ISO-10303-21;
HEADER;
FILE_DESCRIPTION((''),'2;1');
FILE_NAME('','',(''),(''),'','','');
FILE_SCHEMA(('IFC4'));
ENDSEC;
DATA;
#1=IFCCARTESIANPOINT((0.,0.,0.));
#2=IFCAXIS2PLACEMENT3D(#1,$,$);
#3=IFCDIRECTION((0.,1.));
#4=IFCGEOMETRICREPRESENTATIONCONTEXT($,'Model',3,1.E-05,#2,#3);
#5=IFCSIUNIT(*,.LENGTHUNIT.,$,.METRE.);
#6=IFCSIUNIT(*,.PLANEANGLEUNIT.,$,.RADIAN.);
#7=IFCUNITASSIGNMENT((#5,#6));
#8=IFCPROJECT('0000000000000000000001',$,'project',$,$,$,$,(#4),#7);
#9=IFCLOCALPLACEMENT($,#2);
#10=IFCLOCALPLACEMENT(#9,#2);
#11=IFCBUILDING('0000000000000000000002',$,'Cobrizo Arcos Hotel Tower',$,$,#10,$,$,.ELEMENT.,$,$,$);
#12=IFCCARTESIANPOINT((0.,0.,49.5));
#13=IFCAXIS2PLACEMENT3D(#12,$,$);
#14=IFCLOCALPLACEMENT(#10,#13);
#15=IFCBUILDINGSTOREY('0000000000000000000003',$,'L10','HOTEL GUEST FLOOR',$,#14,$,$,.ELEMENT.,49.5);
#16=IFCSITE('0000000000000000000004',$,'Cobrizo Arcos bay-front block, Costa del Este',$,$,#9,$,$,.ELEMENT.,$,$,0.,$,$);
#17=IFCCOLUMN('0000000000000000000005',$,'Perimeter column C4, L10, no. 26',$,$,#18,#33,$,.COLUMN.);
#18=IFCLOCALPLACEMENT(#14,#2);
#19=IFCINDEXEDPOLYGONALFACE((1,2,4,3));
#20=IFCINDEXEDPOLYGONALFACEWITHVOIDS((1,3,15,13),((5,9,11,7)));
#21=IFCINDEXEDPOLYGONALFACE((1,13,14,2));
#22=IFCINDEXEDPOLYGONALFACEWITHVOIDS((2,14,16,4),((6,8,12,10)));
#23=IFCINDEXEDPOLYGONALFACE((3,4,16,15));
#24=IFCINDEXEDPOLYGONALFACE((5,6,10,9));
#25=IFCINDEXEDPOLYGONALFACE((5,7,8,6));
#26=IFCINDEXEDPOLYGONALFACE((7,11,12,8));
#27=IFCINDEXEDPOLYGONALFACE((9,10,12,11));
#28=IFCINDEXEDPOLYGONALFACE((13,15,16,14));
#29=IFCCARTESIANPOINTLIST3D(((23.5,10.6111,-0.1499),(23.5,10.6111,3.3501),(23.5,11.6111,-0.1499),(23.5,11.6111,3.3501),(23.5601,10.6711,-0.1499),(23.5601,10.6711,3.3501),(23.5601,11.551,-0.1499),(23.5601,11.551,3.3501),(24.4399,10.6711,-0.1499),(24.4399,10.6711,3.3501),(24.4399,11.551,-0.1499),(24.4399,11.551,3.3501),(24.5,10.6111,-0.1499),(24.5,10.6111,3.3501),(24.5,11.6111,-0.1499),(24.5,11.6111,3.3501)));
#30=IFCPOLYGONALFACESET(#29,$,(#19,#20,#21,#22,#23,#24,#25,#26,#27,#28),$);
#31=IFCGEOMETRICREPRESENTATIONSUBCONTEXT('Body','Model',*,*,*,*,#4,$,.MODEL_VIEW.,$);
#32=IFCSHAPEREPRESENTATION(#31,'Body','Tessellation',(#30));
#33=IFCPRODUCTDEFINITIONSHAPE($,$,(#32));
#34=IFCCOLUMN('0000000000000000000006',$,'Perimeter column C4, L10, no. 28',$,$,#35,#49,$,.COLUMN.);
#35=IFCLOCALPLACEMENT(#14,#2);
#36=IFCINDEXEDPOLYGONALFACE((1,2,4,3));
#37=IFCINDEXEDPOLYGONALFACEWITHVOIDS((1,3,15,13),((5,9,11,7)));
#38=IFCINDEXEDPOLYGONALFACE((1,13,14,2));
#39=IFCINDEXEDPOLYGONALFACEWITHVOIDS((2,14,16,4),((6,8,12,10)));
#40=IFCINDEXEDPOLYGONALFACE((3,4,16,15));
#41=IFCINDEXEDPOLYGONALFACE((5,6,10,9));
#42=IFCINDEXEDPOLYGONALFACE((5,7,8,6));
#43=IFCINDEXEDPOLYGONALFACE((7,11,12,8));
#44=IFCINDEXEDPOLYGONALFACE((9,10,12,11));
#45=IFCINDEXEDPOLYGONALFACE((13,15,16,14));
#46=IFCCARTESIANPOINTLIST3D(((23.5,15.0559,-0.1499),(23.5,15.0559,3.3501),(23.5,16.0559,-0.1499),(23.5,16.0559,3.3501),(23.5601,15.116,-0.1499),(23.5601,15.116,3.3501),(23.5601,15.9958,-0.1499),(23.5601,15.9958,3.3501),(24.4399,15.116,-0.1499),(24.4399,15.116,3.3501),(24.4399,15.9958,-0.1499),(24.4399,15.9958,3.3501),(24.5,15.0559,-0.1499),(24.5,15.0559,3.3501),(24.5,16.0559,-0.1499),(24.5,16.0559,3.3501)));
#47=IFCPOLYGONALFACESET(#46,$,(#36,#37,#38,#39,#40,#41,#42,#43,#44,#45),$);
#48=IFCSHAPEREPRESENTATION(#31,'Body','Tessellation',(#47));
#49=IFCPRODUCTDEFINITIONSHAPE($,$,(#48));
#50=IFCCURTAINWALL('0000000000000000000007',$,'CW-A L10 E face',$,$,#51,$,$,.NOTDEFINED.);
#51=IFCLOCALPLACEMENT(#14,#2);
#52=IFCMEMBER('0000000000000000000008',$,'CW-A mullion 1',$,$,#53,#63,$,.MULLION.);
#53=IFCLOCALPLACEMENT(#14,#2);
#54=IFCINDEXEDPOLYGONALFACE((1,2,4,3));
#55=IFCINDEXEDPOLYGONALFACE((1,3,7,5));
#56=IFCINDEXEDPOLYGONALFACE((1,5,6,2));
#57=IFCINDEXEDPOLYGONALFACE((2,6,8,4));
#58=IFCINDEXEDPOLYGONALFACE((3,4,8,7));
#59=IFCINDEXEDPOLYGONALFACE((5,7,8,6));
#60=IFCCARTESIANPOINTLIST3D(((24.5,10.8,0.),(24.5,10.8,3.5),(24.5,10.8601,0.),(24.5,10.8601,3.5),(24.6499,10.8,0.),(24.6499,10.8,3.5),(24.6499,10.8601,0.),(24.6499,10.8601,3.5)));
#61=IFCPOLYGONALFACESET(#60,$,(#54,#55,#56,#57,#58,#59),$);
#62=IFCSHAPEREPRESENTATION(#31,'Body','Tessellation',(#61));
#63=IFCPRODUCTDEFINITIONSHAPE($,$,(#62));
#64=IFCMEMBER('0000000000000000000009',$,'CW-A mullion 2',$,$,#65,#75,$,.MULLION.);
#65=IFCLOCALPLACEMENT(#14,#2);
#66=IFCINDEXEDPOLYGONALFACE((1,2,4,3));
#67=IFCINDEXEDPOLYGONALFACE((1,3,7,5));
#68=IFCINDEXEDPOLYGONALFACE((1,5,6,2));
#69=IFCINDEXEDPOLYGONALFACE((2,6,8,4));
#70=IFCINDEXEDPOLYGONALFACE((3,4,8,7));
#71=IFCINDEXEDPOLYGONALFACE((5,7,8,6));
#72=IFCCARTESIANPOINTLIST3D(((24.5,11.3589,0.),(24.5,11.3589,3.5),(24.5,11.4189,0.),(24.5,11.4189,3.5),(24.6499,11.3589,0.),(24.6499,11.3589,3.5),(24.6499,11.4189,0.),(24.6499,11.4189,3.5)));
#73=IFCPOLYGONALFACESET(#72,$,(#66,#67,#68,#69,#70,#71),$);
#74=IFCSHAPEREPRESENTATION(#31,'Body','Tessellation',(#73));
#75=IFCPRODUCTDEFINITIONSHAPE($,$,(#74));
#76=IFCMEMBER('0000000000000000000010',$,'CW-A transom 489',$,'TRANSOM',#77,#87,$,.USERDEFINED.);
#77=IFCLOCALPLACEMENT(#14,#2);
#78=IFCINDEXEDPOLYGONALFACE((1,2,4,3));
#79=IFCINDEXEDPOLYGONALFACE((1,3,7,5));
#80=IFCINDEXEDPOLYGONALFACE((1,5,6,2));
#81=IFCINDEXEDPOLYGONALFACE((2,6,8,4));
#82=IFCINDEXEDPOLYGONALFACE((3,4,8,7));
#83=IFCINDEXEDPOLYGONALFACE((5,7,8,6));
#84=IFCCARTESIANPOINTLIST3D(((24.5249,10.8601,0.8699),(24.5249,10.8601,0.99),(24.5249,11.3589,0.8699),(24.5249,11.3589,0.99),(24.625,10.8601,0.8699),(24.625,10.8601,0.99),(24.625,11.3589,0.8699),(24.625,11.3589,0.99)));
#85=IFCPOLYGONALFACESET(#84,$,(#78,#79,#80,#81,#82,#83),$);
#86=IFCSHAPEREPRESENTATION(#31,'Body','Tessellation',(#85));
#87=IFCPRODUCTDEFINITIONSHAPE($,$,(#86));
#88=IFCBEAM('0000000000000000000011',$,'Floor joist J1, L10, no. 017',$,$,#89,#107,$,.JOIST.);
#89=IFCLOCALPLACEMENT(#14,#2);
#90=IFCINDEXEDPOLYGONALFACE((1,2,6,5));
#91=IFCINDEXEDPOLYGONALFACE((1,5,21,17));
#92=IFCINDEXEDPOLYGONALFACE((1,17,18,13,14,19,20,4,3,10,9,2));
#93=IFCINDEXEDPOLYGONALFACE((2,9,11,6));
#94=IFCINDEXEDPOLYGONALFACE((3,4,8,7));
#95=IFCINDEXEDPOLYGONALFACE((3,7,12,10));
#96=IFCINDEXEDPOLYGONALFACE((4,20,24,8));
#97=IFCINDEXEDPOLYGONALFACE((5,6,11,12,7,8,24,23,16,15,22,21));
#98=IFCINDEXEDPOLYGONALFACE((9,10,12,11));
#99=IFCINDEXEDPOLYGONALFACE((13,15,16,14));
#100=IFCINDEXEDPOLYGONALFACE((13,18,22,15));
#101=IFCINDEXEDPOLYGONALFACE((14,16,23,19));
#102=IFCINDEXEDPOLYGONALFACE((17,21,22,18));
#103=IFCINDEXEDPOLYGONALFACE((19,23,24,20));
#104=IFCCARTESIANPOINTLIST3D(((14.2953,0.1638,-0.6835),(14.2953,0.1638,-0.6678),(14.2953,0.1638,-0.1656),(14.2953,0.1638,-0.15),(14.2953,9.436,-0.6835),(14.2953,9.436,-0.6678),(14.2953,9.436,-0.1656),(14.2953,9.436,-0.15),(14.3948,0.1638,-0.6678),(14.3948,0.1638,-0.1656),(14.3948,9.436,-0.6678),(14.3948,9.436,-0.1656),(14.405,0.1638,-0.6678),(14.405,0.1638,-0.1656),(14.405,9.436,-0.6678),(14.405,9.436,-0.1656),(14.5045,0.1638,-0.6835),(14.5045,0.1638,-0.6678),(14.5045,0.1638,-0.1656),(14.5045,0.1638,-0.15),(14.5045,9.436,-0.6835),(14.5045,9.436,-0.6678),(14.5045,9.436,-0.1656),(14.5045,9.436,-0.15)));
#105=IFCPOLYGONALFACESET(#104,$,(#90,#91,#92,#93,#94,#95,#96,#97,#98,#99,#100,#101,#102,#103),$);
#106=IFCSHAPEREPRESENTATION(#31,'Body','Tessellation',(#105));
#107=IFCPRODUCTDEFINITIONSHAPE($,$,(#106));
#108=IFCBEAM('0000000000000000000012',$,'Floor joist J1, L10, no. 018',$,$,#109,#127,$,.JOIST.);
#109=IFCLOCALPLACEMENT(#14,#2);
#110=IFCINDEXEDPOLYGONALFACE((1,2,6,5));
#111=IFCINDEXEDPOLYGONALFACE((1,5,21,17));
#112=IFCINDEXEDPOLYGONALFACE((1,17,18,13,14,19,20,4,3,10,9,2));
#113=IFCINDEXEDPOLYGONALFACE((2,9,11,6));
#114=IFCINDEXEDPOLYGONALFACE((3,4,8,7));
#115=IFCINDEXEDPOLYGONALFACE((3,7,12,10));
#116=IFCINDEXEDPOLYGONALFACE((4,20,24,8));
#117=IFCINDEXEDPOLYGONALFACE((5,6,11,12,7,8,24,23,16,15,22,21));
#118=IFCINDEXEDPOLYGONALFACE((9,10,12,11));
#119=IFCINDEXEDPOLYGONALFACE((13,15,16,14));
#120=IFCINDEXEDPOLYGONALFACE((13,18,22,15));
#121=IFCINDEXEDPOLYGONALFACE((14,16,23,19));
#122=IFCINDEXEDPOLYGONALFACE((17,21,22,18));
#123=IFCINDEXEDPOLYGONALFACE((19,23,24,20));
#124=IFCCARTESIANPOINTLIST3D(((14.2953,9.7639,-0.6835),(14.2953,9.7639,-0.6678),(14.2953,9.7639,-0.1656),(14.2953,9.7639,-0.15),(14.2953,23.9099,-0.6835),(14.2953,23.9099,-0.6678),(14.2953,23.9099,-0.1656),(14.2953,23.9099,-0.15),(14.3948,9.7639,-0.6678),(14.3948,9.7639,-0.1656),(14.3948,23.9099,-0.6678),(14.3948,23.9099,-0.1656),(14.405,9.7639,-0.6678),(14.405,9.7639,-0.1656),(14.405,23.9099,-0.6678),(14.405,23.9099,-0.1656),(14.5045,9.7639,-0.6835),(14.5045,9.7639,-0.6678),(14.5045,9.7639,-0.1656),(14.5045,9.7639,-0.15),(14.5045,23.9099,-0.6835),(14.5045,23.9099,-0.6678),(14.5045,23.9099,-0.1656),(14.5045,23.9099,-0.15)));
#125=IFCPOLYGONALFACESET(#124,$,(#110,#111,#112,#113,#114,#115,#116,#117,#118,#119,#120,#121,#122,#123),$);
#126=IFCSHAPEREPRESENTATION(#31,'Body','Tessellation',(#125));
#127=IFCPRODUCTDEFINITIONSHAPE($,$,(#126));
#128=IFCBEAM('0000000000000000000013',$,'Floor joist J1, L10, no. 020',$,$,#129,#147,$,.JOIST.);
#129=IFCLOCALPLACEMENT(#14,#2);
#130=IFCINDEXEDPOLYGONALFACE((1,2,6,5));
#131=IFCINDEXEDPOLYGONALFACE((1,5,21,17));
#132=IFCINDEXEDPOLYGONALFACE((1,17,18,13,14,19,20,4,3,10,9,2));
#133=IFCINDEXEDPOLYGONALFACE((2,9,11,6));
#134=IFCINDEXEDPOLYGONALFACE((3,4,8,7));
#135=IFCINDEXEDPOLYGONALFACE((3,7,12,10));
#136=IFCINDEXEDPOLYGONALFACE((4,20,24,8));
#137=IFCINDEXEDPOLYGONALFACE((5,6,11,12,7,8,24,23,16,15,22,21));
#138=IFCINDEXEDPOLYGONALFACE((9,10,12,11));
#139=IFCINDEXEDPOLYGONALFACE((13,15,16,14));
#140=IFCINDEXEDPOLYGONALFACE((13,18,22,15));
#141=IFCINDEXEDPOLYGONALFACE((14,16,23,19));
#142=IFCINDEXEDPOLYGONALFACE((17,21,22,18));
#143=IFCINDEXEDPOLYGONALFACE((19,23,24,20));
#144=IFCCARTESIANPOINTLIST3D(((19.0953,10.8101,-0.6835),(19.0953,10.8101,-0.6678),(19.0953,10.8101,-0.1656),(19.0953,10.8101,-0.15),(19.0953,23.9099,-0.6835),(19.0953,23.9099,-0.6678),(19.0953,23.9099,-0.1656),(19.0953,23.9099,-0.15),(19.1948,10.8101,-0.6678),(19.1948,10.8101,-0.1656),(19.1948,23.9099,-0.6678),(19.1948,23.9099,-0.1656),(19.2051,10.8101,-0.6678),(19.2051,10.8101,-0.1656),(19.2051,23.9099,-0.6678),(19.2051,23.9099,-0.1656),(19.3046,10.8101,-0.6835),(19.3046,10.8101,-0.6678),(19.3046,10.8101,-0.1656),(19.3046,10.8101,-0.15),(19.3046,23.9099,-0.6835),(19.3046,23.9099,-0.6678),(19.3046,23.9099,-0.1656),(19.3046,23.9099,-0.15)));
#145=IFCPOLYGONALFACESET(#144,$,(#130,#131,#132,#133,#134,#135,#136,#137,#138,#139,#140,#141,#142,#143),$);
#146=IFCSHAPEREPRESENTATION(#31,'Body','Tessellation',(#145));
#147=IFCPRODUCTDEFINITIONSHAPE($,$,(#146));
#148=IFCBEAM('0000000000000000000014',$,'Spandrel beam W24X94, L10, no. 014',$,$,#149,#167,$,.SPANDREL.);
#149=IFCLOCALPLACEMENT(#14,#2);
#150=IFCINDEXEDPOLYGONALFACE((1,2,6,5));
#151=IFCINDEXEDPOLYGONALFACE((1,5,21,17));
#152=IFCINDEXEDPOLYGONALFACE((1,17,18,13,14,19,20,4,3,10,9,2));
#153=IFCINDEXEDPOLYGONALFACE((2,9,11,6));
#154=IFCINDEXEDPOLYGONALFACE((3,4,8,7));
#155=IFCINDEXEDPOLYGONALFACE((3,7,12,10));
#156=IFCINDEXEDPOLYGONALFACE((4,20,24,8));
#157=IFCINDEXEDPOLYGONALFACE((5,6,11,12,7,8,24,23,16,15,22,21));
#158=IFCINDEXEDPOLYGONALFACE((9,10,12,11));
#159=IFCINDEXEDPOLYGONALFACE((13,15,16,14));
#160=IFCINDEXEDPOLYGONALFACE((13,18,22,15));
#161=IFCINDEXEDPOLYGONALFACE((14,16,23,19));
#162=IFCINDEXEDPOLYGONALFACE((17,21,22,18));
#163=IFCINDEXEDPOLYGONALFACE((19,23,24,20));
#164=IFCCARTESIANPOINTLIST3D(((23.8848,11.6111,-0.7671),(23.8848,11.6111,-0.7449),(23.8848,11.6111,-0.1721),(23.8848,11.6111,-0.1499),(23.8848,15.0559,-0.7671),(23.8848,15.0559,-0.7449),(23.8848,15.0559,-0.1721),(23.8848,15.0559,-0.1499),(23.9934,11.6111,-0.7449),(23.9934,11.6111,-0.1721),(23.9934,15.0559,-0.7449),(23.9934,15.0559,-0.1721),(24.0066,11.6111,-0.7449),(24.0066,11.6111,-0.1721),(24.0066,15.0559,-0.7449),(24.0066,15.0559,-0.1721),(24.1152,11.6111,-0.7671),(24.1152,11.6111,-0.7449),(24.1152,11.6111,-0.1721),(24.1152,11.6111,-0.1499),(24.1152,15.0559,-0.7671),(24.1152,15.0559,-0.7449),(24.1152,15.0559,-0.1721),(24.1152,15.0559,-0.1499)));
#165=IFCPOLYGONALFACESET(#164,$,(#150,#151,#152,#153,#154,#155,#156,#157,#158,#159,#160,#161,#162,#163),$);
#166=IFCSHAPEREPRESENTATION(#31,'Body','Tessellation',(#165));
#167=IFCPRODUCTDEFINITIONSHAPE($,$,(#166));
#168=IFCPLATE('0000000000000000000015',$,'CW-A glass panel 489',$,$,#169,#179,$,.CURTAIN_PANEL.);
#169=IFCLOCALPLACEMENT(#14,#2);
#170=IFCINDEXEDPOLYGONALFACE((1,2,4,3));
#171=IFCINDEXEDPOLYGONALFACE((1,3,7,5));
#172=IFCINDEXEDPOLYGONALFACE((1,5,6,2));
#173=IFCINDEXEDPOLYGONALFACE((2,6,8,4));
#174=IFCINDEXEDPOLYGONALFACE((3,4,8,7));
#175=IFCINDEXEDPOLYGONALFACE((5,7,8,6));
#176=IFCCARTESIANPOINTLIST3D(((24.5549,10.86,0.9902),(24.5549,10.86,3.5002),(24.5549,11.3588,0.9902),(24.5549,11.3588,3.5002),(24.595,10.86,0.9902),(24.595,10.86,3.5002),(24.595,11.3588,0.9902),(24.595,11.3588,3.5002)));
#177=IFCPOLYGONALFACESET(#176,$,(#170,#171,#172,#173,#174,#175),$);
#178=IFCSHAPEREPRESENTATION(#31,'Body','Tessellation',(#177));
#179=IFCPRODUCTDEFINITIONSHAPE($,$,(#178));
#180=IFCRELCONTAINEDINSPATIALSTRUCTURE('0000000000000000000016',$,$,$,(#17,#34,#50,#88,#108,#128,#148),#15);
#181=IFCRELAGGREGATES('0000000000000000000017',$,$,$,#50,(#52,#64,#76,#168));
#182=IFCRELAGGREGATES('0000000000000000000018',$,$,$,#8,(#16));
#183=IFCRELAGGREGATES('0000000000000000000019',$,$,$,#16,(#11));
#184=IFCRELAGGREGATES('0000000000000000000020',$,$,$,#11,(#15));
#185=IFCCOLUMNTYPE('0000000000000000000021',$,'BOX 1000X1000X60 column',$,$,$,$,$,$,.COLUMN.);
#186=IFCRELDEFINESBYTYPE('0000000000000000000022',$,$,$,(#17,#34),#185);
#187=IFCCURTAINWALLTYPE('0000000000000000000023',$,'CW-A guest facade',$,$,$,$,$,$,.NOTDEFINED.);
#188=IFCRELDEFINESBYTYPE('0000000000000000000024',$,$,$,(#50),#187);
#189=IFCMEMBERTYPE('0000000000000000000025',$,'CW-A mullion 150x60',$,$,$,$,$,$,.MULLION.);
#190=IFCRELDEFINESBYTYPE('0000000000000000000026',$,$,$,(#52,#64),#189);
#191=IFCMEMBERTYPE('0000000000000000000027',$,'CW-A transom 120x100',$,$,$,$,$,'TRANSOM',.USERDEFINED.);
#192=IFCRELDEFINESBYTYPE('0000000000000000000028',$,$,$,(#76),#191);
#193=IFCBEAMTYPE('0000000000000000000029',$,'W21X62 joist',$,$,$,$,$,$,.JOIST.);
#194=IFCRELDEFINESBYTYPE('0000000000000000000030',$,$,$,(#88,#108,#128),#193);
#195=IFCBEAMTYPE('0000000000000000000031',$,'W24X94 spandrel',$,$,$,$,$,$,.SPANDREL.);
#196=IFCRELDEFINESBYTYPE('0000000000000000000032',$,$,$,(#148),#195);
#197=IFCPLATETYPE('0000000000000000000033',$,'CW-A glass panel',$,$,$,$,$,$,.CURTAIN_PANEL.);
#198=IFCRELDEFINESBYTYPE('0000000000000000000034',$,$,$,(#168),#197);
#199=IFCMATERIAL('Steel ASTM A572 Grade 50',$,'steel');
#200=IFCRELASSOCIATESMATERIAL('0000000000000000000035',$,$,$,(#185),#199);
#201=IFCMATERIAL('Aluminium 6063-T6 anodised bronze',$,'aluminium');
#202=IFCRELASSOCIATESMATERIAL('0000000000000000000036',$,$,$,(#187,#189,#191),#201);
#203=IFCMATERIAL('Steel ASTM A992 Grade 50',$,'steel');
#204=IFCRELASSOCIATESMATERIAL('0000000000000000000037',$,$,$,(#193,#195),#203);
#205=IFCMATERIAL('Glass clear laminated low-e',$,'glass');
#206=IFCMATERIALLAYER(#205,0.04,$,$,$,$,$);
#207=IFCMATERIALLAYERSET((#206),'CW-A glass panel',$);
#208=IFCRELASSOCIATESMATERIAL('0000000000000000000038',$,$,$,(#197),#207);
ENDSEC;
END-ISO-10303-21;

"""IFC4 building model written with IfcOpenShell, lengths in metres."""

from ifc_helpers import new_model, si_unit, direction, frame, origin, origin_2d, place, context, subcontext, project, spatial, rectangle, hollow_rectangle, i_section, extrude, material, layer, layer_set, material_profile, profile_set, type_object, element, aggregate, save


model = new_model("IFC4")

# Units and contexts
model_context = context("Model", 3, precision=1e-05, world=origin(), true_north=direction((0.0, 1.0)))
body_context = subcontext(model_context, "Body", "Model", "MODEL_VIEW")
ifc_project = project(units=[si_unit("LENGTHUNIT", "METRE"), si_unit("PLANEANGLEUNIT", "RADIAN")], contexts=[model_context])

# Site, building, storey
site_placement = place(None, origin())
site = spatial("IfcSite", under=ifc_project, at=site_placement, Name="Cobrizo Arcos bay-front block, Costa del Este", CompositionType="ELEMENT", RefElevation=0.0)
building_placement = place(site_placement, origin())
building = spatial("IfcBuilding", under=site, at=building_placement, Name="Cobrizo Arcos Hotel Tower", CompositionType="ELEMENT")
storey_placement = place(building_placement, frame((0.0, 0.0, 49.5)))
storey = spatial("IfcBuildingStorey", under=building, at=storey_placement, Name="L10", Description="HOTEL GUEST FLOOR", CompositionType="ELEMENT", Elevation=49.5)

# Columns
ifc_material_1 = material(Name="Steel ASTM A572 Grade 50", Category="steel")
ifc_material_profile_1 = material_profile(ifc_material_1, hollow_rectangle(XDim=1.0, YDim=1.0, WallThickness=0.0601, at=origin_2d()), Name="BOX 1000X1000X60")
ifc_profile_set_1 = profile_set([ifc_material_profile_1], Name="Steel ASTM A572 Grade 50")
column_type = type_object("IfcColumnType", Name="BOX 1000X1000X60 column", PredefinedType="COLUMN", material=ifc_profile_set_1)
for number, where, z_axis, x_axis, name in (
    (1, (24.0, 11.1111, -0.1499), (0.0, 0.0, 1.0), (1.0, 0.0, 0.0), "Perimeter column C4, L10, no. 26"),
    (2, (24.0, 15.5559, -0.1499), (0.0, 0.0, 1.0), (1.0, 0.0, 0.0), "Perimeter column C4, L10, no. 28"),
):
    element("IfcColumn", number, at=place(storey_placement, frame(where, z_axis=z_axis, x_axis=x_axis)), inside=storey, type_object=column_type, Name=name, PredefinedType="COLUMN", context=body_context, shape_type="SweptSolid", body=[
        extrude(hollow_rectangle(XDim=1.0, YDim=1.0, WallThickness=0.0601, at=origin_2d()), origin(), (0.0, 0.0, 1.0), 3.5),
    ])

# Curtain wall, members
ifc_material_2 = material(Name="Aluminium 6063-T6 anodised bronze", Category="aluminium")
curtain_wall_type = type_object("IfcCurtainWallType", Name="CW-A guest facade", PredefinedType="NOTDEFINED", material=ifc_material_2)
curtain_wall_placement = place(storey_placement, origin())
curtain_wall = element("IfcCurtainWall", 3, at=curtain_wall_placement, inside=storey, type_object=curtain_wall_type, Name="CW-A L10 E face", PredefinedType="NOTDEFINED")
ifc_material_profile_2 = material_profile(ifc_material_2, rectangle(XDim=0.1499, YDim=0.0601, at=origin_2d()), Name="CW-A mullion 150x60")
ifc_profile_set_2 = profile_set([ifc_material_profile_2], Name="Aluminium 6063-T6 anodised bronze")
member_type_1 = type_object("IfcMemberType", Name="CW-A mullion 150x60", PredefinedType="MULLION", material=ifc_profile_set_2)
member_1_placement = place(storey_placement, frame((24.575, 10.8301, 0.0), z_axis=(0.0, 0.0, 1.0), x_axis=(1.0, 0.0, 0.0)))
member_1 = element("IfcMember", 4, at=member_1_placement, type_object=member_type_1, Name="CW-A mullion 1", PredefinedType="MULLION", context=body_context, shape_type="SweptSolid", body=[
    extrude(rectangle(XDim=0.1499, YDim=0.0601, at=origin_2d()), origin(), (0.0, 0.0, 1.0), 3.5),
])
member_2_placement = place(storey_placement, frame((24.575, 11.3889, 0.0), z_axis=(0.0, 0.0, 1.0), x_axis=(1.0, 0.0, 0.0)))
member_2 = element("IfcMember", 5, at=member_2_placement, type_object=member_type_1, Name="CW-A mullion 2", PredefinedType="MULLION", context=body_context, shape_type="SweptSolid", body=[
    extrude(rectangle(XDim=0.1499, YDim=0.0601, at=origin_2d()), origin(), (0.0, 0.0, 1.0), 3.5),
])
ifc_material_profile_3 = material_profile(ifc_material_2, rectangle(XDim=0.1001, YDim=0.1201, at=origin_2d()), Name="CW-A transom 120x100")
ifc_profile_set_3 = profile_set([ifc_material_profile_3], Name="Aluminium 6063-T6 anodised bronze")
member_type_2 = type_object("IfcMemberType", Name="CW-A transom 120x100", ElementType="TRANSOM", PredefinedType="USERDEFINED", material=ifc_profile_set_3)
member_3_placement = place(storey_placement, frame((24.575, 10.8601, 0.9299), z_axis=(0.0, 1.0, 0.0), x_axis=(-1.0, 0.0, 0.0)))
member_3 = element("IfcMember", 6, at=member_3_placement, type_object=member_type_2, Name="CW-A transom 489", ObjectType="TRANSOM", PredefinedType="USERDEFINED", context=body_context, shape_type="SweptSolid", body=[
    extrude(rectangle(XDim=0.1001, YDim=0.1201, at=origin_2d()), origin(), (0.0, 0.0, 1.0), 0.4988),
])

# Beams
ifc_material_3 = material(Name="Steel ASTM A992 Grade 50", Category="steel")
ifc_material_profile_4 = material_profile(ifc_material_3, i_section(OverallWidth=0.2092, OverallDepth=0.5334, WebThickness=0.0103, FlangeThickness=0.0156, at=origin_2d()), Name="W21X62")
ifc_profile_set_4 = profile_set([ifc_material_profile_4], Name="Steel ASTM A992 Grade 50")
beam_type_1 = type_object("IfcBeamType", Name="W21X62 joist", PredefinedType="JOIST", material=ifc_profile_set_4)
beam_1_placement = place(storey_placement, frame((14.3999, 0.1638, -0.4167), z_axis=(0.0, 1.0, 0.0), x_axis=(-1.0, 0.0, 0.0)))
element("IfcBeam", 7, at=beam_1_placement, inside=storey, type_object=beam_type_1, Name="Floor joist J1, L10, no. 017", PredefinedType="JOIST", context=body_context, shape_type="SweptSolid", body=[
    extrude(i_section(OverallWidth=0.2092, OverallDepth=0.5334, WebThickness=0.0103, FlangeThickness=0.0156, at=origin_2d()), origin(), (0.0, 0.0, 1.0), 9.2722),
])
beam_2_placement = place(storey_placement, frame((14.3999, 9.7639, -0.4167), z_axis=(0.0, 1.0, 0.0), x_axis=(-1.0, 0.0, 0.0)))
element("IfcBeam", 8, at=beam_2_placement, inside=storey, type_object=beam_type_1, Name="Floor joist J1, L10, no. 018", PredefinedType="JOIST", context=body_context, shape_type="SweptSolid", body=[
    extrude(i_section(OverallWidth=0.2092, OverallDepth=0.5334, WebThickness=0.0103, FlangeThickness=0.0156, at=origin_2d()), origin(), (0.0, 0.0, 1.0), 14.146),
])
beam_3_placement = place(storey_placement, frame((19.2, 10.8101, -0.4167), z_axis=(0.0, 1.0, 0.0), x_axis=(-1.0, 0.0, 0.0)))
element("IfcBeam", 9, at=beam_3_placement, inside=storey, type_object=beam_type_1, Name="Floor joist J1, L10, no. 020", PredefinedType="JOIST", context=body_context, shape_type="SweptSolid", body=[
    extrude(i_section(OverallWidth=0.2092, OverallDepth=0.5334, WebThickness=0.0103, FlangeThickness=0.0156, at=origin_2d()), origin(), (0.0, 0.0, 1.0), 13.0999),
])
ifc_material_profile_5 = material_profile(ifc_material_3, i_section(OverallWidth=0.2305, OverallDepth=0.6172, WebThickness=0.0132, FlangeThickness=0.0222, at=origin_2d()), Name="W24X94")
ifc_profile_set_5 = profile_set([ifc_material_profile_5], Name="Steel ASTM A992 Grade 50")
beam_type_2 = type_object("IfcBeamType", Name="W24X94 spandrel", PredefinedType="SPANDREL", material=ifc_profile_set_5)
beam_4_placement = place(storey_placement, frame((24.0, 11.6111, -0.4585), z_axis=(0.0, 1.0, 0.0), x_axis=(-1.0, 0.0, 0.0)))
element("IfcBeam", 10, at=beam_4_placement, inside=storey, type_object=beam_type_2, Name="Spandrel beam W24X94, L10, no. 014", PredefinedType="SPANDREL", context=body_context, shape_type="SweptSolid", body=[
    extrude(i_section(OverallWidth=0.2305, OverallDepth=0.6172, WebThickness=0.0132, FlangeThickness=0.0222, at=origin_2d()), origin(), (0.0, 0.0, 1.0), 3.4448),
])

# Plate
ifc_material_4 = material(Name="Glass clear laminated low-e", Category="glass")
ifc_layer_1 = layer(ifc_material_4, 0.04)
ifc_layer_set_1 = layer_set([ifc_layer_1], Name="CW-A glass panel")
plate_type_1 = type_object("IfcPlateType", Name="CW-A glass panel", PredefinedType="CURTAIN_PANEL", material=ifc_layer_set_1)
plate_1_placement = place(storey_placement, frame((24.575, 11.1094, 0.9902), z_axis=(0.0, 0.0, 1.0), x_axis=(0.0, 1.0, 0.0)))
plate_1 = element("IfcPlate", 11, at=plate_1_placement, type_object=plate_type_1, Name="CW-A glass panel 489", PredefinedType="CURTAIN_PANEL", context=body_context, shape_type="SweptSolid", body=[
    extrude(rectangle(XDim=0.4988, YDim=0.04, at=origin_2d()), origin(), (0.0, 0.0, 1.0), 2.51),
])
aggregate(curtain_wall, [member_1, member_2, member_3, plate_1])

save(model, "model.ifc")
